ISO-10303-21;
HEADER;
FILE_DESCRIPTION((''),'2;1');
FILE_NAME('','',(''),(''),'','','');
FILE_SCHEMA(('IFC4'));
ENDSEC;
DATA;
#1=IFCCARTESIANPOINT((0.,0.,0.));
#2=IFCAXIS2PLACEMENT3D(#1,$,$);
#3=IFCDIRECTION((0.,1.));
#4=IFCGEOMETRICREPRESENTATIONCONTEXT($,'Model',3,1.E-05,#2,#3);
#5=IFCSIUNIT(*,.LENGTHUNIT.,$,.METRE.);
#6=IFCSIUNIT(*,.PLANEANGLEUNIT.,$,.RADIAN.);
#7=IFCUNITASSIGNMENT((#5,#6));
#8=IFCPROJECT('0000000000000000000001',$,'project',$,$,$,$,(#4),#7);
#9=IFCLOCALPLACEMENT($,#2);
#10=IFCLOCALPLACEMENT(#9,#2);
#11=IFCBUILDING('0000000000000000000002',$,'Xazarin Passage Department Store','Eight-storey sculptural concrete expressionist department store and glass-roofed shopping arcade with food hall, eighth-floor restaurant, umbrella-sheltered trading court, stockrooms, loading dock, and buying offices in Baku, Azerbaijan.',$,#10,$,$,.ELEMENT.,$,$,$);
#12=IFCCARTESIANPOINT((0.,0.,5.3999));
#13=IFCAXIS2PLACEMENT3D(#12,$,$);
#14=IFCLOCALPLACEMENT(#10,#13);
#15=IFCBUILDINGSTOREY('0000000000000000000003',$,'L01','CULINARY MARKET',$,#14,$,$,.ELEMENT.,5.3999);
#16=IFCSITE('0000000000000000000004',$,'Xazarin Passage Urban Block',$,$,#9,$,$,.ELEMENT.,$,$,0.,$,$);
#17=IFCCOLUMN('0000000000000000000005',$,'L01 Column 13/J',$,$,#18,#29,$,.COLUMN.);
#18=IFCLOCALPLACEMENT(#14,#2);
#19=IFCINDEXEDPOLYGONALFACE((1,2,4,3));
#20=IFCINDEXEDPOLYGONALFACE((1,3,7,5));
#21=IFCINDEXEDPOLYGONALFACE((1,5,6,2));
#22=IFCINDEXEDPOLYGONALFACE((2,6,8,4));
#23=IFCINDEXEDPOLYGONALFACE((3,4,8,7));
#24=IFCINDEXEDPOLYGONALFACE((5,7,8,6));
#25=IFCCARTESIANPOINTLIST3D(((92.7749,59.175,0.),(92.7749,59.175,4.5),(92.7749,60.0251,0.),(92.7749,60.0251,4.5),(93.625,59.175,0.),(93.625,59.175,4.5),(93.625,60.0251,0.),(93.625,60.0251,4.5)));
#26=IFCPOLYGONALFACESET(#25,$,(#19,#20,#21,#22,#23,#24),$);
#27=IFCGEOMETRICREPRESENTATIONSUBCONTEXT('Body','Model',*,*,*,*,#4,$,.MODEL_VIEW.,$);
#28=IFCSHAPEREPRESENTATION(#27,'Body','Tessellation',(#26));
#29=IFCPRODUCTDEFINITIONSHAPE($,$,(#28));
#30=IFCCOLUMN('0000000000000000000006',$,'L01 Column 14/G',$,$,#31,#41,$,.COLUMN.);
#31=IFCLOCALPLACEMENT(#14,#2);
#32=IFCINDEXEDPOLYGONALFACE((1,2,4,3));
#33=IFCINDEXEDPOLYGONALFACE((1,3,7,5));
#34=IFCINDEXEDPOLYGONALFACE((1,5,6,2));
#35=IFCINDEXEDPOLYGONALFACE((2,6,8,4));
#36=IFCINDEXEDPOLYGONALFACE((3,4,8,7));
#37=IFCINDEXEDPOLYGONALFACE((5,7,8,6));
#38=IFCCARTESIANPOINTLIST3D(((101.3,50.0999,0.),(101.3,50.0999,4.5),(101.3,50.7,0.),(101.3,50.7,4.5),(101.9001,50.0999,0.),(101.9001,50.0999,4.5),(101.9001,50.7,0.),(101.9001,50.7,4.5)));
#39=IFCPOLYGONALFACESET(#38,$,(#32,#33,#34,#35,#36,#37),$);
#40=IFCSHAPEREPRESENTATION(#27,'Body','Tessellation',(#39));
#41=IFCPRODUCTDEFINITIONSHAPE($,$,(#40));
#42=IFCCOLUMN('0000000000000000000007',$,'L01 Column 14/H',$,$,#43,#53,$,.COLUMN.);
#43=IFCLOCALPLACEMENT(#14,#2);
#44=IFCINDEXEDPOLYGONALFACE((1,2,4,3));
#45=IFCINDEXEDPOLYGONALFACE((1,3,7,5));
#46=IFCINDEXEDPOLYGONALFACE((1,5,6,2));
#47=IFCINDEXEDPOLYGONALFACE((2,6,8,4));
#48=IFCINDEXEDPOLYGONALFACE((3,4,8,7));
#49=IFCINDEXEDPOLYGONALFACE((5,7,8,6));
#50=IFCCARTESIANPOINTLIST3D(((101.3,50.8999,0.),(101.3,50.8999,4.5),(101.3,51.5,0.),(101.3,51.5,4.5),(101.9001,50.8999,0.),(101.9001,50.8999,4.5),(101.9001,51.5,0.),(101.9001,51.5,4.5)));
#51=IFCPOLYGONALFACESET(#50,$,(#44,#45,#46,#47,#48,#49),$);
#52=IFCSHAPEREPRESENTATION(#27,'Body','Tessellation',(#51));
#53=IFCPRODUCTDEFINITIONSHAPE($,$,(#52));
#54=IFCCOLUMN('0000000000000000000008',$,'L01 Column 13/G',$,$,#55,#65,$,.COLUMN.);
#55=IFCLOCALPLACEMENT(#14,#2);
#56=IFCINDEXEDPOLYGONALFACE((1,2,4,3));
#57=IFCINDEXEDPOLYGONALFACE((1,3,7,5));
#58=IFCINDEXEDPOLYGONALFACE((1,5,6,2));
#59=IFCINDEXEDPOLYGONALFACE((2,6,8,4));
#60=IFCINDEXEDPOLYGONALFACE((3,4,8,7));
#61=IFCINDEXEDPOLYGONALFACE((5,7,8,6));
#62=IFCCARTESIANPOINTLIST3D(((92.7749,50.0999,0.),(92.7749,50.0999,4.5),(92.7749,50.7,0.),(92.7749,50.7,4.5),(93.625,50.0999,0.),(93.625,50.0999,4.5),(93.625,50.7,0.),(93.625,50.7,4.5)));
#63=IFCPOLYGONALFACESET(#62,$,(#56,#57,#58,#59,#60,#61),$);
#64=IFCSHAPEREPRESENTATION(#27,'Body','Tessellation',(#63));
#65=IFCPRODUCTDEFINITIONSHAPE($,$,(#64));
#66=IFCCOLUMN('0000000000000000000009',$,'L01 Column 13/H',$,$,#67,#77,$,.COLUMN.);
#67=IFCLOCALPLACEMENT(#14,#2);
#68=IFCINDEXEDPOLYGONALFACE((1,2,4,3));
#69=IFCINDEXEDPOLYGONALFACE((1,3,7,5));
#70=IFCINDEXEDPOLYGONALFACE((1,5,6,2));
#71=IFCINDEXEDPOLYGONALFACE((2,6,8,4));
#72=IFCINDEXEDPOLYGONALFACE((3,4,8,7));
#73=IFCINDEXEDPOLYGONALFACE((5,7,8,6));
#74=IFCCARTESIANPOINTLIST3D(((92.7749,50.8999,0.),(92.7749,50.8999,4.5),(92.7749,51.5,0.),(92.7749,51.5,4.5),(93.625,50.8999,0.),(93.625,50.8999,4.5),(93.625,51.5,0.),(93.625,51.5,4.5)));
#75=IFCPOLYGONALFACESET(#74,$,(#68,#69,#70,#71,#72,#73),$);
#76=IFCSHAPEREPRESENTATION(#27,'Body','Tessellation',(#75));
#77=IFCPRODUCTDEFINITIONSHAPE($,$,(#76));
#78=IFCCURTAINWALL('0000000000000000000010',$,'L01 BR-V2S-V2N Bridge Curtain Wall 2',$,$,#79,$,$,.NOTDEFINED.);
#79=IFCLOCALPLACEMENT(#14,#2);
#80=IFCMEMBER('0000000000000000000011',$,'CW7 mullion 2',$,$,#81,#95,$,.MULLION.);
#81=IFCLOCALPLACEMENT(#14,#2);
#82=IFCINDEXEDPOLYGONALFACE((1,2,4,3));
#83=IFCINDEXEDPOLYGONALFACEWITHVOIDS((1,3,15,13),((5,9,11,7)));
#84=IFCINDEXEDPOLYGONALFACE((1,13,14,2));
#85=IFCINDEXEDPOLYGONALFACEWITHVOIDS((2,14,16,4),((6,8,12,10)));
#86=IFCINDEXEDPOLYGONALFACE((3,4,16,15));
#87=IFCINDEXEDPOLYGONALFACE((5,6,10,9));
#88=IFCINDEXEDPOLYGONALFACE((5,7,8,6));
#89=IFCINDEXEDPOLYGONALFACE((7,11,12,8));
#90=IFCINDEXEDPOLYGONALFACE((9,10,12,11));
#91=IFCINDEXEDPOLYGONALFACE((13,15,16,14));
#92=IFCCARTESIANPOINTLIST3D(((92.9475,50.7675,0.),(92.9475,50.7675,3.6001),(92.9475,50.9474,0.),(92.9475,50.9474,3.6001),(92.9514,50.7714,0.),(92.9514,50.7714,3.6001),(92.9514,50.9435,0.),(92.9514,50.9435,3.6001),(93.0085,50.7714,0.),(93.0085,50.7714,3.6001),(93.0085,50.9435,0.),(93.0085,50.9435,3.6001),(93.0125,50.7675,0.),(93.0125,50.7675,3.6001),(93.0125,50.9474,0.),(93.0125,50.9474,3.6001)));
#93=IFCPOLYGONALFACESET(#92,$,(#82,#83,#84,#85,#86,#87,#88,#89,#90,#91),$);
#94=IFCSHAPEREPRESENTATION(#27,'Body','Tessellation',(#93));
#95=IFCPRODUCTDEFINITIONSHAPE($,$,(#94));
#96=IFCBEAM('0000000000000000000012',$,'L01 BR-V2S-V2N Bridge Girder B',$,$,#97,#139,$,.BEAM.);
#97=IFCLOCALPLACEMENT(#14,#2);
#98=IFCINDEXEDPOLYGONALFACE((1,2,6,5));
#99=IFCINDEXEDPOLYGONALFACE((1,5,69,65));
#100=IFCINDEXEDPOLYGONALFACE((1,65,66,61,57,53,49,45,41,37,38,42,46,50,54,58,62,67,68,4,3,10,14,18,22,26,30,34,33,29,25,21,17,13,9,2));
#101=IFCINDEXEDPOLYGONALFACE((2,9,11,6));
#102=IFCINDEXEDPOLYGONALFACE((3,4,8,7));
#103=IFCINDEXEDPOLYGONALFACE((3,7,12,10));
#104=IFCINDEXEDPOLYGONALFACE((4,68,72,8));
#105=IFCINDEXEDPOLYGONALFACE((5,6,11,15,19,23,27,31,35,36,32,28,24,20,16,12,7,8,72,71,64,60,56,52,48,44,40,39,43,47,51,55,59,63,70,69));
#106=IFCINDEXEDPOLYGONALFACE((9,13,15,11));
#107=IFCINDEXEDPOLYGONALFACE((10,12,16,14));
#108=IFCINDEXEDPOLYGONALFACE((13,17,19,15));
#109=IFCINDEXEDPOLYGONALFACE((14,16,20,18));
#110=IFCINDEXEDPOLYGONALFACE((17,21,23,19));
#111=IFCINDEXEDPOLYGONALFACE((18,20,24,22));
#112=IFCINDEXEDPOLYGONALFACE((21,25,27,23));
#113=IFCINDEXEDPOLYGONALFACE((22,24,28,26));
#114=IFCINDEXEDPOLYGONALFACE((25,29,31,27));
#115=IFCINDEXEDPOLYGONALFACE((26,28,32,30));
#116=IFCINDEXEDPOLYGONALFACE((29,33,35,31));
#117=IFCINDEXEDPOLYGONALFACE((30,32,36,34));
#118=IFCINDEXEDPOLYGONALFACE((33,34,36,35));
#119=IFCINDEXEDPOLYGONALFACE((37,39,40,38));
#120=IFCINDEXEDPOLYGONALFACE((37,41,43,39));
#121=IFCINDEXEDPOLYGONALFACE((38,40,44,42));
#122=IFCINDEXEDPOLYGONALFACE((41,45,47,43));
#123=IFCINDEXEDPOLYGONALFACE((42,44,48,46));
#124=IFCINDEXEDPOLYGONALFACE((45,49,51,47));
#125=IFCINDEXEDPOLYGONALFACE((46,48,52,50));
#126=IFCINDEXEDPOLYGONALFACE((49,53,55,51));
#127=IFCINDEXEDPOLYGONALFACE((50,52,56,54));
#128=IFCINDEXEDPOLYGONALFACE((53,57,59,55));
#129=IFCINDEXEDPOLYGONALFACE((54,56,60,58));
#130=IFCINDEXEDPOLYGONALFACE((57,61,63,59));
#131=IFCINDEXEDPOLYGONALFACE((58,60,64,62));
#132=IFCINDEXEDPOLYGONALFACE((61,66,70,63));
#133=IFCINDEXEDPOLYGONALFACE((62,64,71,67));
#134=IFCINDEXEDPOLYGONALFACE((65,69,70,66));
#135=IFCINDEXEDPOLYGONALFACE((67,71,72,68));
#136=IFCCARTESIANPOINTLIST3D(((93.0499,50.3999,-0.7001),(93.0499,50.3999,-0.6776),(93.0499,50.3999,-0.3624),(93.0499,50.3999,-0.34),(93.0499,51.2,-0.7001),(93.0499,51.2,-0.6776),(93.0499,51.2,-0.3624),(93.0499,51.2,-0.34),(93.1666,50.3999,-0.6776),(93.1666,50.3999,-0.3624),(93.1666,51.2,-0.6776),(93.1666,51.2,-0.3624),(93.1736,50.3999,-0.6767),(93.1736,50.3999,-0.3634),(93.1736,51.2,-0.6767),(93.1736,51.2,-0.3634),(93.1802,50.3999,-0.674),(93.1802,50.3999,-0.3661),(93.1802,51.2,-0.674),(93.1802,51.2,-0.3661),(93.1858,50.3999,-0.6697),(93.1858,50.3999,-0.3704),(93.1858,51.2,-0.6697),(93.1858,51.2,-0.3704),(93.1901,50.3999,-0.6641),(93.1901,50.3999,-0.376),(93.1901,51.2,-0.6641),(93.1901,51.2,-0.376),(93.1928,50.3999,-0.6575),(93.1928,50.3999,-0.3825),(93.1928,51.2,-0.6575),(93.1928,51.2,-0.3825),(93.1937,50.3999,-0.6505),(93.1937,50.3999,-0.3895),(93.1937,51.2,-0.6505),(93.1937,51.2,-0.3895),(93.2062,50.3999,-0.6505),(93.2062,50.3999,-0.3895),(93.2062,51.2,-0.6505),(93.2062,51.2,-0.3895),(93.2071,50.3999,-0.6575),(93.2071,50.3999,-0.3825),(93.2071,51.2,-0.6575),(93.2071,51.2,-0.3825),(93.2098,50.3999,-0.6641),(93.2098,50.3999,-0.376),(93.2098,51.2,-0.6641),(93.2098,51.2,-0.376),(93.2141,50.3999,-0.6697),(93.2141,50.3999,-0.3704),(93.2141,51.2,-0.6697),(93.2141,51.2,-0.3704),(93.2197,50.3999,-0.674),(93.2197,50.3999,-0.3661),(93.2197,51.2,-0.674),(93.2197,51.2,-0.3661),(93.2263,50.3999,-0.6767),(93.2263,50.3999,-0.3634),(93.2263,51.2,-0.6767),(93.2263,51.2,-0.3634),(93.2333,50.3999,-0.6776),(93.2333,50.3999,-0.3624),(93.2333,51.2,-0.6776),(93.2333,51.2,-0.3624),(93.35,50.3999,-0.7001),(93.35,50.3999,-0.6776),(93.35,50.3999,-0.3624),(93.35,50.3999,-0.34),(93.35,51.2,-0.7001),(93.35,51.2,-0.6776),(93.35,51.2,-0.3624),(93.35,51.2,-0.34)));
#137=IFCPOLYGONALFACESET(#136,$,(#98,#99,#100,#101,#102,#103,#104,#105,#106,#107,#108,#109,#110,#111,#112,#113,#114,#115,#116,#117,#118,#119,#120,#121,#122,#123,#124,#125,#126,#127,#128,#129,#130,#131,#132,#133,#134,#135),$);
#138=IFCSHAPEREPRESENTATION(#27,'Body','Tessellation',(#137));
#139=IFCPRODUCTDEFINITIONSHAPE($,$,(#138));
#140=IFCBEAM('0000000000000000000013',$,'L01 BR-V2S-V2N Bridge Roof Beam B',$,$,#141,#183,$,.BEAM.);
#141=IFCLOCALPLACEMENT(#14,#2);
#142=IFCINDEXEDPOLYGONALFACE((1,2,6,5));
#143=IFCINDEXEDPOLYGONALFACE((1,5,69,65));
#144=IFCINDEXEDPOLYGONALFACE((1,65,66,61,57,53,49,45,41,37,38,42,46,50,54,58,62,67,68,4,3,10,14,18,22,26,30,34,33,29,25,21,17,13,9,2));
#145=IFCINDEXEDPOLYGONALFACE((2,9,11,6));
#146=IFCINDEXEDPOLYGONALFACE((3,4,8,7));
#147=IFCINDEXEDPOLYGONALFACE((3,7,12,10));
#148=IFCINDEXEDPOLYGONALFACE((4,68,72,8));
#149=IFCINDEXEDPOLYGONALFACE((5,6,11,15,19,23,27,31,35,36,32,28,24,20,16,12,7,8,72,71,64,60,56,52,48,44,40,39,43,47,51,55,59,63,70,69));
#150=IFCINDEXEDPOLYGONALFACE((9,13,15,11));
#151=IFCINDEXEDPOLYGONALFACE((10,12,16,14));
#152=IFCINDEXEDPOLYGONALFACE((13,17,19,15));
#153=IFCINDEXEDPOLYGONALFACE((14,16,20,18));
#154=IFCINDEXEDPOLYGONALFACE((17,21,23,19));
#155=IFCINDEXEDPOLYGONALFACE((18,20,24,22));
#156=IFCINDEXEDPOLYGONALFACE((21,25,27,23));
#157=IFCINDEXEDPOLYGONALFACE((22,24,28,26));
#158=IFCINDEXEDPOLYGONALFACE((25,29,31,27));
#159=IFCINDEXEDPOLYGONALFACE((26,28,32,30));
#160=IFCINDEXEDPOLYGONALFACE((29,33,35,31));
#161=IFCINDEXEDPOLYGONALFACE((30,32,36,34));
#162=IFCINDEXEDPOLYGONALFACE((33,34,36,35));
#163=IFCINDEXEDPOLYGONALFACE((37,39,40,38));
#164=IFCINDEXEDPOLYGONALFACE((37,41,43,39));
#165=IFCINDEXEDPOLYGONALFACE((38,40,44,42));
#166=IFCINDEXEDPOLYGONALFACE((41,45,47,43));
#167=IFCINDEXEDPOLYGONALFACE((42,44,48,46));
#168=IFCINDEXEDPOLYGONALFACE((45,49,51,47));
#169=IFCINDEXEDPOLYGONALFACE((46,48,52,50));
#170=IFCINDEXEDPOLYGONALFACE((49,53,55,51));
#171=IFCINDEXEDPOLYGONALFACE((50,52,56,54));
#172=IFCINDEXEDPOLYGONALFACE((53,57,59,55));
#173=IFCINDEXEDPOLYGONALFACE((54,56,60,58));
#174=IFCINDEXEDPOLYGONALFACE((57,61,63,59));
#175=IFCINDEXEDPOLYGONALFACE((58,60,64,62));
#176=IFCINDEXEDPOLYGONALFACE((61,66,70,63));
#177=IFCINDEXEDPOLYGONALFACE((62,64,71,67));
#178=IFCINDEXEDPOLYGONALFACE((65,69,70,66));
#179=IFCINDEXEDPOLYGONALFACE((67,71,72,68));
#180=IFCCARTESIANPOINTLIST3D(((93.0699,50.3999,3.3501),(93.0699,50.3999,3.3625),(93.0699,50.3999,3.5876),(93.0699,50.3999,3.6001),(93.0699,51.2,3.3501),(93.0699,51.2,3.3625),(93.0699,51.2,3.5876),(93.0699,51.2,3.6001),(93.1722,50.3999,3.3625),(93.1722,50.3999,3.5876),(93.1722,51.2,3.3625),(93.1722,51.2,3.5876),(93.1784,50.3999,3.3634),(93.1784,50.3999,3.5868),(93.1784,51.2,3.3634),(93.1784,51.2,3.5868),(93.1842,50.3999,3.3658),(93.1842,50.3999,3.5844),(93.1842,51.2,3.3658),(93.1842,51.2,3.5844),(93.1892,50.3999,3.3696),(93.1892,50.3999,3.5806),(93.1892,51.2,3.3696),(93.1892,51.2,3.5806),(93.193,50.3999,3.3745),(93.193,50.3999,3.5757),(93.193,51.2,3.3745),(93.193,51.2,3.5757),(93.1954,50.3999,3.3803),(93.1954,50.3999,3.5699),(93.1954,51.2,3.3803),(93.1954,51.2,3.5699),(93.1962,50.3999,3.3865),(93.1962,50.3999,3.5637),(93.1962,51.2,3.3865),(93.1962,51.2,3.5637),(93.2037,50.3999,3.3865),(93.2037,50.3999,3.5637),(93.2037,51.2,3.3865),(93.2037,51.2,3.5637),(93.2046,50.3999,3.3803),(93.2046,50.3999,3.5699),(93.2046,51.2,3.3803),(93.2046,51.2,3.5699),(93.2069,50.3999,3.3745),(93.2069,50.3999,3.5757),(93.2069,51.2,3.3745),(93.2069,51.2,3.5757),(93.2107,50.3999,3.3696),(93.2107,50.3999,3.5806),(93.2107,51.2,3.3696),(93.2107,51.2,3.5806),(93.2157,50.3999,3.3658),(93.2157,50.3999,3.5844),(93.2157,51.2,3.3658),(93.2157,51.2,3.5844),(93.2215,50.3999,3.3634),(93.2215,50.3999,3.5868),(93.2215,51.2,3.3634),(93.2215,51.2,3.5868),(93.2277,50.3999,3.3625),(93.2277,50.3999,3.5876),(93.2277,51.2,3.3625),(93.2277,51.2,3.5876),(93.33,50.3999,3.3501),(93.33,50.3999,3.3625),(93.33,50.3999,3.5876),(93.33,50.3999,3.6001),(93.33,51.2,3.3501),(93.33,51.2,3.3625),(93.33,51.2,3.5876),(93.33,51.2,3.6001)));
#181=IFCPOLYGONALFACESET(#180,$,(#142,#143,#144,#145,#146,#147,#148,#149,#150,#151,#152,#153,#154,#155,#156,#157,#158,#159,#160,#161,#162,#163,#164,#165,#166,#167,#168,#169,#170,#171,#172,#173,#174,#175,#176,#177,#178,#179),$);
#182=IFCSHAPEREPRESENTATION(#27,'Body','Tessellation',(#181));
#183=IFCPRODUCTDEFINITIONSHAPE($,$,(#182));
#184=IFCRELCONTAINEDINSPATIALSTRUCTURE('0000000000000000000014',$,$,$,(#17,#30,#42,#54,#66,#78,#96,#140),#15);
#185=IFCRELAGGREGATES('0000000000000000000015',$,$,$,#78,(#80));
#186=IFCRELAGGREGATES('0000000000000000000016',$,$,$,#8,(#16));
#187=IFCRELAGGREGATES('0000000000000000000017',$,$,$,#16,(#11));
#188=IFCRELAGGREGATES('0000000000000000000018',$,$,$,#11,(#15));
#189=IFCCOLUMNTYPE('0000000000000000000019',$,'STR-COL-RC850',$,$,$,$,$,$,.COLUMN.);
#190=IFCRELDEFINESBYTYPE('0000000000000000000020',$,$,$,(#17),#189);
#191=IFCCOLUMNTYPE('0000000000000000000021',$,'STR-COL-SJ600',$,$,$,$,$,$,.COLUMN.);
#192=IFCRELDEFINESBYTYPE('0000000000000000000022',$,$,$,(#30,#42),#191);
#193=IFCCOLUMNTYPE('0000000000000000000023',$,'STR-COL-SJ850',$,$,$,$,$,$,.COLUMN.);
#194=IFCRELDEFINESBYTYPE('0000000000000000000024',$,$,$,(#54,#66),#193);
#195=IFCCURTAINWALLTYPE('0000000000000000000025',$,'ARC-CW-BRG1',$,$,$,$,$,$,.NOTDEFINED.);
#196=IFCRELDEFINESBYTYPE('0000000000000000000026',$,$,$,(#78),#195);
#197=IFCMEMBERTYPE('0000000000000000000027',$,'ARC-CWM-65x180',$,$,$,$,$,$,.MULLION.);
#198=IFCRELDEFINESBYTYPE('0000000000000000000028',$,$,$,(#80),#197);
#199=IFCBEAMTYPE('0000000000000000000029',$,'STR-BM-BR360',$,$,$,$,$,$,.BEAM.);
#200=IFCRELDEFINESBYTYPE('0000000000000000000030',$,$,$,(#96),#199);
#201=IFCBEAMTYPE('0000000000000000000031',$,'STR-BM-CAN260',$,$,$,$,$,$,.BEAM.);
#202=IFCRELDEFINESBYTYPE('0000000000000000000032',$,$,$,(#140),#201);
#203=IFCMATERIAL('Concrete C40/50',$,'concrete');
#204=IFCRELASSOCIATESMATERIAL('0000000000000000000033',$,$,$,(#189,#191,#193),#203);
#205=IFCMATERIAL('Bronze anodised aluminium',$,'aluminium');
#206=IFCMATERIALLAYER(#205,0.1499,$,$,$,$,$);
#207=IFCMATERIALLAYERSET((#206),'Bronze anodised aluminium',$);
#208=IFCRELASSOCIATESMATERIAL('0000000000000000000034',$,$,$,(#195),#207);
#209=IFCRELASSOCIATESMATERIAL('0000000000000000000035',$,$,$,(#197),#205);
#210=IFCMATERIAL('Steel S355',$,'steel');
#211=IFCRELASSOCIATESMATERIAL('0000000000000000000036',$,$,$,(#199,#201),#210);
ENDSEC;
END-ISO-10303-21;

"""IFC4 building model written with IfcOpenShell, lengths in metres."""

from ifc_helpers import new_model, si_unit, direction, frame, origin, origin_2d, place, context, subcontext, project, spatial, rectangle, hollow_rectangle, i_section, extrude, material, layer, layer_set, material_profile, profile_set, type_object, element, aggregate, save


model = new_model("IFC4")

# Units and contexts
model_context = context("Model", 3, precision=1e-05, world=origin(), true_north=direction((0.0, 1.0)))
body_context = subcontext(model_context, "Body", "Model", "MODEL_VIEW")
ifc_project = project(units=[si_unit("LENGTHUNIT", "METRE"), si_unit("PLANEANGLEUNIT", "RADIAN")], contexts=[model_context])

# Site, building, storey
site_placement = place(None, origin())
site = spatial("IfcSite", under=ifc_project, at=site_placement, Name="Xazarin Passage Urban Block", CompositionType="ELEMENT", RefElevation=0.0)
building_placement = place(site_placement, origin())
building = spatial("IfcBuilding", under=site, at=building_placement, Name="Xazarin Passage Department Store", Description="Eight-storey sculptural concrete expressionist department store and glass-roofed shopping arcade with food hall, eighth-floor restaurant, umbrella-sheltered trading court, stockrooms, loading dock, and buying offices in Baku, Azerbaijan.", CompositionType="ELEMENT")
storey_placement = place(building_placement, frame((0.0, 0.0, 5.3999)))
storey = spatial("IfcBuildingStorey", under=building, at=storey_placement, Name="L01", Description="CULINARY MARKET", CompositionType="ELEMENT", Elevation=5.3999)

# Columns
ifc_material_1 = material(Name="Concrete C40/50", Category="concrete")
ifc_material_profile_1 = material_profile(ifc_material_1, rectangle(XDim=0.8501, YDim=0.8501, at=origin_2d()), Name="RC 850x850")
ifc_profile_set_1 = profile_set([ifc_material_profile_1], Name="Concrete C40/50")
column_type_1 = type_object("IfcColumnType", Name="STR-COL-RC850", PredefinedType="COLUMN", material=ifc_profile_set_1)
column_placement = place(storey_placement, frame((93.2, 59.6001, 0.0), z_axis=(0.0, 0.0, 1.0), x_axis=(1.0, 0.0, 0.0)))
element("IfcColumn", 1, at=column_placement, inside=storey, type_object=column_type_1, Name="L01 Column 13/J", PredefinedType="COLUMN", context=body_context, shape_type="SweptSolid", body=[
    extrude(rectangle(XDim=0.8501, YDim=0.8501, at=origin_2d()), origin(), (0.0, 0.0, 1.0), 4.5),
])
ifc_material_profile_2 = material_profile(ifc_material_1, rectangle(XDim=0.6001, YDim=0.6001, at=origin_2d()), Name="RC 600x600")
ifc_profile_set_2 = profile_set([ifc_material_profile_2], Name="Concrete C40/50")
column_type_2 = type_object("IfcColumnType", Name="STR-COL-SJ600", PredefinedType="COLUMN", material=ifc_profile_set_2)
for number, where, z_axis, x_axis, name in (
    (2, (101.6001, 50.3999, 0.0), (0.0, 0.0, 1.0), (1.0, 0.0, 0.0), "L01 Column 14/G"),
    (3, (101.6001, 51.2, 0.0), (0.0, 0.0, 1.0), (1.0, 0.0, 0.0), "L01 Column 14/H"),
):
    element("IfcColumn", number, at=place(storey_placement, frame(where, z_axis=z_axis, x_axis=x_axis)), inside=storey, type_object=column_type_2, Name=name, PredefinedType="COLUMN", context=body_context, shape_type="SweptSolid", body=[
        extrude(rectangle(XDim=0.6001, YDim=0.6001, at=origin_2d()), origin(), (0.0, 0.0, 1.0), 4.5),
    ])
ifc_material_profile_3 = material_profile(ifc_material_1, rectangle(XDim=0.6001, YDim=0.8501, at=origin_2d()), Name="RC 600x850")
ifc_profile_set_3 = profile_set([ifc_material_profile_3], Name="Concrete C40/50")
column_type_3 = type_object("IfcColumnType", Name="STR-COL-SJ850", PredefinedType="COLUMN", material=ifc_profile_set_3)
for number, where, z_axis, x_axis, name in (
    (4, (93.2, 50.3999, 0.0), (0.0, 0.0, 1.0), (0.0, 1.0, 0.0), "L01 Column 13/G"),
    (5, (93.2, 51.2, 0.0), (0.0, 0.0, 1.0), (0.0, 1.0, 0.0), "L01 Column 13/H"),
):
    element("IfcColumn", number, at=place(storey_placement, frame(where, z_axis=z_axis, x_axis=x_axis)), inside=storey, type_object=column_type_3, Name=name, PredefinedType="COLUMN", context=body_context, shape_type="SweptSolid", body=[
        extrude(rectangle(XDim=0.6001, YDim=0.8501, at=origin_2d()), origin(), (0.0, 0.0, 1.0), 4.5),
    ])

# Curtain wall, member
ifc_material_2 = material(Name="Bronze anodised aluminium", Category="aluminium")
ifc_layer_1 = layer(ifc_material_2, 0.1499)
ifc_layer_set_1 = layer_set([ifc_layer_1], Name="Bronze anodised aluminium")
curtain_wall_type = type_object("IfcCurtainWallType", Name="ARC-CW-BRG1", PredefinedType="NOTDEFINED", material=ifc_layer_set_1)
curtain_wall_placement = place(storey_placement, origin())
curtain_wall = element("IfcCurtainWall", 6, at=curtain_wall_placement, inside=storey, type_object=curtain_wall_type, Name="L01 BR-V2S-V2N Bridge Curtain Wall 2", PredefinedType="NOTDEFINED")
ifc_material_profile_4 = material_profile(ifc_material_2, hollow_rectangle(XDim=0.0649, YDim=0.1799, WallThickness=0.0039, at=origin_2d()), Name="ALU 65x180")
ifc_profile_set_4 = profile_set([ifc_material_profile_4], Name="Bronze anodised aluminium")
member_type = type_object("IfcMemberType", Name="ARC-CWM-65x180", PredefinedType="MULLION", material=ifc_profile_set_4)
member_placement = place(storey_placement, frame((92.98, 50.8574, 0.0), z_axis=(0.0, 0.0, 1.0), x_axis=(-1.0, 0.0, 0.0)))
member = element("IfcMember", 7, at=member_placement, type_object=member_type, Name="CW7 mullion 2", PredefinedType="MULLION", context=body_context, shape_type="SweptSolid", body=[
    extrude(hollow_rectangle(XDim=0.0649, YDim=0.1799, WallThickness=0.0039, at=origin_2d()), origin(), (0.0, 0.0, 1.0), 3.6001),
])

# Beams
ifc_material_3 = material(Name="Steel S355", Category="steel")
ifc_material_profile_5 = material_profile(ifc_material_3, i_section(OverallWidth=0.3, OverallDepth=0.3601, WebThickness=0.0125, FlangeThickness=0.0225, FilletRadius=0.0271, at=origin_2d()), Name="HEB 360")
ifc_profile_set_5 = profile_set([ifc_material_profile_5], Name="Steel S355")
beam_type_1 = type_object("IfcBeamType", Name="STR-BM-BR360", PredefinedType="BEAM", material=ifc_profile_set_5)
beam_1_placement = place(storey_placement, frame((93.2, 50.3999, -0.52), z_axis=(0.0, 1.0, 0.0), x_axis=(-1.0, 0.0, 0.0)))
element("IfcBeam", 8, at=beam_1_placement, inside=storey, type_object=beam_type_1, Name="L01 BR-V2S-V2N Bridge Girder B", PredefinedType="BEAM", context=body_context, shape_type="SweptSolid", body=[
    extrude(i_section(OverallWidth=0.3, OverallDepth=0.3601, WebThickness=0.0125, FlangeThickness=0.0225, FilletRadius=0.0271, at=origin_2d()), origin(), (0.0, 0.0, 1.0), 0.8),
])
ifc_material_profile_6 = material_profile(ifc_material_3, i_section(OverallWidth=0.26, OverallDepth=0.25, WebThickness=0.0076, FlangeThickness=0.0125, FilletRadius=0.0239, at=origin_2d()), Name="HEA 260")
ifc_profile_set_6 = profile_set([ifc_material_profile_6], Name="Steel S355")
beam_type_2 = type_object("IfcBeamType", Name="STR-BM-CAN260", PredefinedType="BEAM", material=ifc_profile_set_6)
beam_2_placement = place(storey_placement, frame((93.2, 50.3999, 3.4751), z_axis=(0.0, 1.0, 0.0), x_axis=(-1.0, 0.0, 0.0)))
element("IfcBeam", 9, at=beam_2_placement, inside=storey, type_object=beam_type_2, Name="L01 BR-V2S-V2N Bridge Roof Beam B", PredefinedType="BEAM", context=body_context, shape_type="SweptSolid", body=[
    extrude(i_section(OverallWidth=0.26, OverallDepth=0.25, WebThickness=0.0076, FlangeThickness=0.0125, FilletRadius=0.0239, at=origin_2d()), origin(), (0.0, 0.0, 1.0), 0.8),
])

aggregate(curtain_wall, [member])

save(model, "model.ifc")
